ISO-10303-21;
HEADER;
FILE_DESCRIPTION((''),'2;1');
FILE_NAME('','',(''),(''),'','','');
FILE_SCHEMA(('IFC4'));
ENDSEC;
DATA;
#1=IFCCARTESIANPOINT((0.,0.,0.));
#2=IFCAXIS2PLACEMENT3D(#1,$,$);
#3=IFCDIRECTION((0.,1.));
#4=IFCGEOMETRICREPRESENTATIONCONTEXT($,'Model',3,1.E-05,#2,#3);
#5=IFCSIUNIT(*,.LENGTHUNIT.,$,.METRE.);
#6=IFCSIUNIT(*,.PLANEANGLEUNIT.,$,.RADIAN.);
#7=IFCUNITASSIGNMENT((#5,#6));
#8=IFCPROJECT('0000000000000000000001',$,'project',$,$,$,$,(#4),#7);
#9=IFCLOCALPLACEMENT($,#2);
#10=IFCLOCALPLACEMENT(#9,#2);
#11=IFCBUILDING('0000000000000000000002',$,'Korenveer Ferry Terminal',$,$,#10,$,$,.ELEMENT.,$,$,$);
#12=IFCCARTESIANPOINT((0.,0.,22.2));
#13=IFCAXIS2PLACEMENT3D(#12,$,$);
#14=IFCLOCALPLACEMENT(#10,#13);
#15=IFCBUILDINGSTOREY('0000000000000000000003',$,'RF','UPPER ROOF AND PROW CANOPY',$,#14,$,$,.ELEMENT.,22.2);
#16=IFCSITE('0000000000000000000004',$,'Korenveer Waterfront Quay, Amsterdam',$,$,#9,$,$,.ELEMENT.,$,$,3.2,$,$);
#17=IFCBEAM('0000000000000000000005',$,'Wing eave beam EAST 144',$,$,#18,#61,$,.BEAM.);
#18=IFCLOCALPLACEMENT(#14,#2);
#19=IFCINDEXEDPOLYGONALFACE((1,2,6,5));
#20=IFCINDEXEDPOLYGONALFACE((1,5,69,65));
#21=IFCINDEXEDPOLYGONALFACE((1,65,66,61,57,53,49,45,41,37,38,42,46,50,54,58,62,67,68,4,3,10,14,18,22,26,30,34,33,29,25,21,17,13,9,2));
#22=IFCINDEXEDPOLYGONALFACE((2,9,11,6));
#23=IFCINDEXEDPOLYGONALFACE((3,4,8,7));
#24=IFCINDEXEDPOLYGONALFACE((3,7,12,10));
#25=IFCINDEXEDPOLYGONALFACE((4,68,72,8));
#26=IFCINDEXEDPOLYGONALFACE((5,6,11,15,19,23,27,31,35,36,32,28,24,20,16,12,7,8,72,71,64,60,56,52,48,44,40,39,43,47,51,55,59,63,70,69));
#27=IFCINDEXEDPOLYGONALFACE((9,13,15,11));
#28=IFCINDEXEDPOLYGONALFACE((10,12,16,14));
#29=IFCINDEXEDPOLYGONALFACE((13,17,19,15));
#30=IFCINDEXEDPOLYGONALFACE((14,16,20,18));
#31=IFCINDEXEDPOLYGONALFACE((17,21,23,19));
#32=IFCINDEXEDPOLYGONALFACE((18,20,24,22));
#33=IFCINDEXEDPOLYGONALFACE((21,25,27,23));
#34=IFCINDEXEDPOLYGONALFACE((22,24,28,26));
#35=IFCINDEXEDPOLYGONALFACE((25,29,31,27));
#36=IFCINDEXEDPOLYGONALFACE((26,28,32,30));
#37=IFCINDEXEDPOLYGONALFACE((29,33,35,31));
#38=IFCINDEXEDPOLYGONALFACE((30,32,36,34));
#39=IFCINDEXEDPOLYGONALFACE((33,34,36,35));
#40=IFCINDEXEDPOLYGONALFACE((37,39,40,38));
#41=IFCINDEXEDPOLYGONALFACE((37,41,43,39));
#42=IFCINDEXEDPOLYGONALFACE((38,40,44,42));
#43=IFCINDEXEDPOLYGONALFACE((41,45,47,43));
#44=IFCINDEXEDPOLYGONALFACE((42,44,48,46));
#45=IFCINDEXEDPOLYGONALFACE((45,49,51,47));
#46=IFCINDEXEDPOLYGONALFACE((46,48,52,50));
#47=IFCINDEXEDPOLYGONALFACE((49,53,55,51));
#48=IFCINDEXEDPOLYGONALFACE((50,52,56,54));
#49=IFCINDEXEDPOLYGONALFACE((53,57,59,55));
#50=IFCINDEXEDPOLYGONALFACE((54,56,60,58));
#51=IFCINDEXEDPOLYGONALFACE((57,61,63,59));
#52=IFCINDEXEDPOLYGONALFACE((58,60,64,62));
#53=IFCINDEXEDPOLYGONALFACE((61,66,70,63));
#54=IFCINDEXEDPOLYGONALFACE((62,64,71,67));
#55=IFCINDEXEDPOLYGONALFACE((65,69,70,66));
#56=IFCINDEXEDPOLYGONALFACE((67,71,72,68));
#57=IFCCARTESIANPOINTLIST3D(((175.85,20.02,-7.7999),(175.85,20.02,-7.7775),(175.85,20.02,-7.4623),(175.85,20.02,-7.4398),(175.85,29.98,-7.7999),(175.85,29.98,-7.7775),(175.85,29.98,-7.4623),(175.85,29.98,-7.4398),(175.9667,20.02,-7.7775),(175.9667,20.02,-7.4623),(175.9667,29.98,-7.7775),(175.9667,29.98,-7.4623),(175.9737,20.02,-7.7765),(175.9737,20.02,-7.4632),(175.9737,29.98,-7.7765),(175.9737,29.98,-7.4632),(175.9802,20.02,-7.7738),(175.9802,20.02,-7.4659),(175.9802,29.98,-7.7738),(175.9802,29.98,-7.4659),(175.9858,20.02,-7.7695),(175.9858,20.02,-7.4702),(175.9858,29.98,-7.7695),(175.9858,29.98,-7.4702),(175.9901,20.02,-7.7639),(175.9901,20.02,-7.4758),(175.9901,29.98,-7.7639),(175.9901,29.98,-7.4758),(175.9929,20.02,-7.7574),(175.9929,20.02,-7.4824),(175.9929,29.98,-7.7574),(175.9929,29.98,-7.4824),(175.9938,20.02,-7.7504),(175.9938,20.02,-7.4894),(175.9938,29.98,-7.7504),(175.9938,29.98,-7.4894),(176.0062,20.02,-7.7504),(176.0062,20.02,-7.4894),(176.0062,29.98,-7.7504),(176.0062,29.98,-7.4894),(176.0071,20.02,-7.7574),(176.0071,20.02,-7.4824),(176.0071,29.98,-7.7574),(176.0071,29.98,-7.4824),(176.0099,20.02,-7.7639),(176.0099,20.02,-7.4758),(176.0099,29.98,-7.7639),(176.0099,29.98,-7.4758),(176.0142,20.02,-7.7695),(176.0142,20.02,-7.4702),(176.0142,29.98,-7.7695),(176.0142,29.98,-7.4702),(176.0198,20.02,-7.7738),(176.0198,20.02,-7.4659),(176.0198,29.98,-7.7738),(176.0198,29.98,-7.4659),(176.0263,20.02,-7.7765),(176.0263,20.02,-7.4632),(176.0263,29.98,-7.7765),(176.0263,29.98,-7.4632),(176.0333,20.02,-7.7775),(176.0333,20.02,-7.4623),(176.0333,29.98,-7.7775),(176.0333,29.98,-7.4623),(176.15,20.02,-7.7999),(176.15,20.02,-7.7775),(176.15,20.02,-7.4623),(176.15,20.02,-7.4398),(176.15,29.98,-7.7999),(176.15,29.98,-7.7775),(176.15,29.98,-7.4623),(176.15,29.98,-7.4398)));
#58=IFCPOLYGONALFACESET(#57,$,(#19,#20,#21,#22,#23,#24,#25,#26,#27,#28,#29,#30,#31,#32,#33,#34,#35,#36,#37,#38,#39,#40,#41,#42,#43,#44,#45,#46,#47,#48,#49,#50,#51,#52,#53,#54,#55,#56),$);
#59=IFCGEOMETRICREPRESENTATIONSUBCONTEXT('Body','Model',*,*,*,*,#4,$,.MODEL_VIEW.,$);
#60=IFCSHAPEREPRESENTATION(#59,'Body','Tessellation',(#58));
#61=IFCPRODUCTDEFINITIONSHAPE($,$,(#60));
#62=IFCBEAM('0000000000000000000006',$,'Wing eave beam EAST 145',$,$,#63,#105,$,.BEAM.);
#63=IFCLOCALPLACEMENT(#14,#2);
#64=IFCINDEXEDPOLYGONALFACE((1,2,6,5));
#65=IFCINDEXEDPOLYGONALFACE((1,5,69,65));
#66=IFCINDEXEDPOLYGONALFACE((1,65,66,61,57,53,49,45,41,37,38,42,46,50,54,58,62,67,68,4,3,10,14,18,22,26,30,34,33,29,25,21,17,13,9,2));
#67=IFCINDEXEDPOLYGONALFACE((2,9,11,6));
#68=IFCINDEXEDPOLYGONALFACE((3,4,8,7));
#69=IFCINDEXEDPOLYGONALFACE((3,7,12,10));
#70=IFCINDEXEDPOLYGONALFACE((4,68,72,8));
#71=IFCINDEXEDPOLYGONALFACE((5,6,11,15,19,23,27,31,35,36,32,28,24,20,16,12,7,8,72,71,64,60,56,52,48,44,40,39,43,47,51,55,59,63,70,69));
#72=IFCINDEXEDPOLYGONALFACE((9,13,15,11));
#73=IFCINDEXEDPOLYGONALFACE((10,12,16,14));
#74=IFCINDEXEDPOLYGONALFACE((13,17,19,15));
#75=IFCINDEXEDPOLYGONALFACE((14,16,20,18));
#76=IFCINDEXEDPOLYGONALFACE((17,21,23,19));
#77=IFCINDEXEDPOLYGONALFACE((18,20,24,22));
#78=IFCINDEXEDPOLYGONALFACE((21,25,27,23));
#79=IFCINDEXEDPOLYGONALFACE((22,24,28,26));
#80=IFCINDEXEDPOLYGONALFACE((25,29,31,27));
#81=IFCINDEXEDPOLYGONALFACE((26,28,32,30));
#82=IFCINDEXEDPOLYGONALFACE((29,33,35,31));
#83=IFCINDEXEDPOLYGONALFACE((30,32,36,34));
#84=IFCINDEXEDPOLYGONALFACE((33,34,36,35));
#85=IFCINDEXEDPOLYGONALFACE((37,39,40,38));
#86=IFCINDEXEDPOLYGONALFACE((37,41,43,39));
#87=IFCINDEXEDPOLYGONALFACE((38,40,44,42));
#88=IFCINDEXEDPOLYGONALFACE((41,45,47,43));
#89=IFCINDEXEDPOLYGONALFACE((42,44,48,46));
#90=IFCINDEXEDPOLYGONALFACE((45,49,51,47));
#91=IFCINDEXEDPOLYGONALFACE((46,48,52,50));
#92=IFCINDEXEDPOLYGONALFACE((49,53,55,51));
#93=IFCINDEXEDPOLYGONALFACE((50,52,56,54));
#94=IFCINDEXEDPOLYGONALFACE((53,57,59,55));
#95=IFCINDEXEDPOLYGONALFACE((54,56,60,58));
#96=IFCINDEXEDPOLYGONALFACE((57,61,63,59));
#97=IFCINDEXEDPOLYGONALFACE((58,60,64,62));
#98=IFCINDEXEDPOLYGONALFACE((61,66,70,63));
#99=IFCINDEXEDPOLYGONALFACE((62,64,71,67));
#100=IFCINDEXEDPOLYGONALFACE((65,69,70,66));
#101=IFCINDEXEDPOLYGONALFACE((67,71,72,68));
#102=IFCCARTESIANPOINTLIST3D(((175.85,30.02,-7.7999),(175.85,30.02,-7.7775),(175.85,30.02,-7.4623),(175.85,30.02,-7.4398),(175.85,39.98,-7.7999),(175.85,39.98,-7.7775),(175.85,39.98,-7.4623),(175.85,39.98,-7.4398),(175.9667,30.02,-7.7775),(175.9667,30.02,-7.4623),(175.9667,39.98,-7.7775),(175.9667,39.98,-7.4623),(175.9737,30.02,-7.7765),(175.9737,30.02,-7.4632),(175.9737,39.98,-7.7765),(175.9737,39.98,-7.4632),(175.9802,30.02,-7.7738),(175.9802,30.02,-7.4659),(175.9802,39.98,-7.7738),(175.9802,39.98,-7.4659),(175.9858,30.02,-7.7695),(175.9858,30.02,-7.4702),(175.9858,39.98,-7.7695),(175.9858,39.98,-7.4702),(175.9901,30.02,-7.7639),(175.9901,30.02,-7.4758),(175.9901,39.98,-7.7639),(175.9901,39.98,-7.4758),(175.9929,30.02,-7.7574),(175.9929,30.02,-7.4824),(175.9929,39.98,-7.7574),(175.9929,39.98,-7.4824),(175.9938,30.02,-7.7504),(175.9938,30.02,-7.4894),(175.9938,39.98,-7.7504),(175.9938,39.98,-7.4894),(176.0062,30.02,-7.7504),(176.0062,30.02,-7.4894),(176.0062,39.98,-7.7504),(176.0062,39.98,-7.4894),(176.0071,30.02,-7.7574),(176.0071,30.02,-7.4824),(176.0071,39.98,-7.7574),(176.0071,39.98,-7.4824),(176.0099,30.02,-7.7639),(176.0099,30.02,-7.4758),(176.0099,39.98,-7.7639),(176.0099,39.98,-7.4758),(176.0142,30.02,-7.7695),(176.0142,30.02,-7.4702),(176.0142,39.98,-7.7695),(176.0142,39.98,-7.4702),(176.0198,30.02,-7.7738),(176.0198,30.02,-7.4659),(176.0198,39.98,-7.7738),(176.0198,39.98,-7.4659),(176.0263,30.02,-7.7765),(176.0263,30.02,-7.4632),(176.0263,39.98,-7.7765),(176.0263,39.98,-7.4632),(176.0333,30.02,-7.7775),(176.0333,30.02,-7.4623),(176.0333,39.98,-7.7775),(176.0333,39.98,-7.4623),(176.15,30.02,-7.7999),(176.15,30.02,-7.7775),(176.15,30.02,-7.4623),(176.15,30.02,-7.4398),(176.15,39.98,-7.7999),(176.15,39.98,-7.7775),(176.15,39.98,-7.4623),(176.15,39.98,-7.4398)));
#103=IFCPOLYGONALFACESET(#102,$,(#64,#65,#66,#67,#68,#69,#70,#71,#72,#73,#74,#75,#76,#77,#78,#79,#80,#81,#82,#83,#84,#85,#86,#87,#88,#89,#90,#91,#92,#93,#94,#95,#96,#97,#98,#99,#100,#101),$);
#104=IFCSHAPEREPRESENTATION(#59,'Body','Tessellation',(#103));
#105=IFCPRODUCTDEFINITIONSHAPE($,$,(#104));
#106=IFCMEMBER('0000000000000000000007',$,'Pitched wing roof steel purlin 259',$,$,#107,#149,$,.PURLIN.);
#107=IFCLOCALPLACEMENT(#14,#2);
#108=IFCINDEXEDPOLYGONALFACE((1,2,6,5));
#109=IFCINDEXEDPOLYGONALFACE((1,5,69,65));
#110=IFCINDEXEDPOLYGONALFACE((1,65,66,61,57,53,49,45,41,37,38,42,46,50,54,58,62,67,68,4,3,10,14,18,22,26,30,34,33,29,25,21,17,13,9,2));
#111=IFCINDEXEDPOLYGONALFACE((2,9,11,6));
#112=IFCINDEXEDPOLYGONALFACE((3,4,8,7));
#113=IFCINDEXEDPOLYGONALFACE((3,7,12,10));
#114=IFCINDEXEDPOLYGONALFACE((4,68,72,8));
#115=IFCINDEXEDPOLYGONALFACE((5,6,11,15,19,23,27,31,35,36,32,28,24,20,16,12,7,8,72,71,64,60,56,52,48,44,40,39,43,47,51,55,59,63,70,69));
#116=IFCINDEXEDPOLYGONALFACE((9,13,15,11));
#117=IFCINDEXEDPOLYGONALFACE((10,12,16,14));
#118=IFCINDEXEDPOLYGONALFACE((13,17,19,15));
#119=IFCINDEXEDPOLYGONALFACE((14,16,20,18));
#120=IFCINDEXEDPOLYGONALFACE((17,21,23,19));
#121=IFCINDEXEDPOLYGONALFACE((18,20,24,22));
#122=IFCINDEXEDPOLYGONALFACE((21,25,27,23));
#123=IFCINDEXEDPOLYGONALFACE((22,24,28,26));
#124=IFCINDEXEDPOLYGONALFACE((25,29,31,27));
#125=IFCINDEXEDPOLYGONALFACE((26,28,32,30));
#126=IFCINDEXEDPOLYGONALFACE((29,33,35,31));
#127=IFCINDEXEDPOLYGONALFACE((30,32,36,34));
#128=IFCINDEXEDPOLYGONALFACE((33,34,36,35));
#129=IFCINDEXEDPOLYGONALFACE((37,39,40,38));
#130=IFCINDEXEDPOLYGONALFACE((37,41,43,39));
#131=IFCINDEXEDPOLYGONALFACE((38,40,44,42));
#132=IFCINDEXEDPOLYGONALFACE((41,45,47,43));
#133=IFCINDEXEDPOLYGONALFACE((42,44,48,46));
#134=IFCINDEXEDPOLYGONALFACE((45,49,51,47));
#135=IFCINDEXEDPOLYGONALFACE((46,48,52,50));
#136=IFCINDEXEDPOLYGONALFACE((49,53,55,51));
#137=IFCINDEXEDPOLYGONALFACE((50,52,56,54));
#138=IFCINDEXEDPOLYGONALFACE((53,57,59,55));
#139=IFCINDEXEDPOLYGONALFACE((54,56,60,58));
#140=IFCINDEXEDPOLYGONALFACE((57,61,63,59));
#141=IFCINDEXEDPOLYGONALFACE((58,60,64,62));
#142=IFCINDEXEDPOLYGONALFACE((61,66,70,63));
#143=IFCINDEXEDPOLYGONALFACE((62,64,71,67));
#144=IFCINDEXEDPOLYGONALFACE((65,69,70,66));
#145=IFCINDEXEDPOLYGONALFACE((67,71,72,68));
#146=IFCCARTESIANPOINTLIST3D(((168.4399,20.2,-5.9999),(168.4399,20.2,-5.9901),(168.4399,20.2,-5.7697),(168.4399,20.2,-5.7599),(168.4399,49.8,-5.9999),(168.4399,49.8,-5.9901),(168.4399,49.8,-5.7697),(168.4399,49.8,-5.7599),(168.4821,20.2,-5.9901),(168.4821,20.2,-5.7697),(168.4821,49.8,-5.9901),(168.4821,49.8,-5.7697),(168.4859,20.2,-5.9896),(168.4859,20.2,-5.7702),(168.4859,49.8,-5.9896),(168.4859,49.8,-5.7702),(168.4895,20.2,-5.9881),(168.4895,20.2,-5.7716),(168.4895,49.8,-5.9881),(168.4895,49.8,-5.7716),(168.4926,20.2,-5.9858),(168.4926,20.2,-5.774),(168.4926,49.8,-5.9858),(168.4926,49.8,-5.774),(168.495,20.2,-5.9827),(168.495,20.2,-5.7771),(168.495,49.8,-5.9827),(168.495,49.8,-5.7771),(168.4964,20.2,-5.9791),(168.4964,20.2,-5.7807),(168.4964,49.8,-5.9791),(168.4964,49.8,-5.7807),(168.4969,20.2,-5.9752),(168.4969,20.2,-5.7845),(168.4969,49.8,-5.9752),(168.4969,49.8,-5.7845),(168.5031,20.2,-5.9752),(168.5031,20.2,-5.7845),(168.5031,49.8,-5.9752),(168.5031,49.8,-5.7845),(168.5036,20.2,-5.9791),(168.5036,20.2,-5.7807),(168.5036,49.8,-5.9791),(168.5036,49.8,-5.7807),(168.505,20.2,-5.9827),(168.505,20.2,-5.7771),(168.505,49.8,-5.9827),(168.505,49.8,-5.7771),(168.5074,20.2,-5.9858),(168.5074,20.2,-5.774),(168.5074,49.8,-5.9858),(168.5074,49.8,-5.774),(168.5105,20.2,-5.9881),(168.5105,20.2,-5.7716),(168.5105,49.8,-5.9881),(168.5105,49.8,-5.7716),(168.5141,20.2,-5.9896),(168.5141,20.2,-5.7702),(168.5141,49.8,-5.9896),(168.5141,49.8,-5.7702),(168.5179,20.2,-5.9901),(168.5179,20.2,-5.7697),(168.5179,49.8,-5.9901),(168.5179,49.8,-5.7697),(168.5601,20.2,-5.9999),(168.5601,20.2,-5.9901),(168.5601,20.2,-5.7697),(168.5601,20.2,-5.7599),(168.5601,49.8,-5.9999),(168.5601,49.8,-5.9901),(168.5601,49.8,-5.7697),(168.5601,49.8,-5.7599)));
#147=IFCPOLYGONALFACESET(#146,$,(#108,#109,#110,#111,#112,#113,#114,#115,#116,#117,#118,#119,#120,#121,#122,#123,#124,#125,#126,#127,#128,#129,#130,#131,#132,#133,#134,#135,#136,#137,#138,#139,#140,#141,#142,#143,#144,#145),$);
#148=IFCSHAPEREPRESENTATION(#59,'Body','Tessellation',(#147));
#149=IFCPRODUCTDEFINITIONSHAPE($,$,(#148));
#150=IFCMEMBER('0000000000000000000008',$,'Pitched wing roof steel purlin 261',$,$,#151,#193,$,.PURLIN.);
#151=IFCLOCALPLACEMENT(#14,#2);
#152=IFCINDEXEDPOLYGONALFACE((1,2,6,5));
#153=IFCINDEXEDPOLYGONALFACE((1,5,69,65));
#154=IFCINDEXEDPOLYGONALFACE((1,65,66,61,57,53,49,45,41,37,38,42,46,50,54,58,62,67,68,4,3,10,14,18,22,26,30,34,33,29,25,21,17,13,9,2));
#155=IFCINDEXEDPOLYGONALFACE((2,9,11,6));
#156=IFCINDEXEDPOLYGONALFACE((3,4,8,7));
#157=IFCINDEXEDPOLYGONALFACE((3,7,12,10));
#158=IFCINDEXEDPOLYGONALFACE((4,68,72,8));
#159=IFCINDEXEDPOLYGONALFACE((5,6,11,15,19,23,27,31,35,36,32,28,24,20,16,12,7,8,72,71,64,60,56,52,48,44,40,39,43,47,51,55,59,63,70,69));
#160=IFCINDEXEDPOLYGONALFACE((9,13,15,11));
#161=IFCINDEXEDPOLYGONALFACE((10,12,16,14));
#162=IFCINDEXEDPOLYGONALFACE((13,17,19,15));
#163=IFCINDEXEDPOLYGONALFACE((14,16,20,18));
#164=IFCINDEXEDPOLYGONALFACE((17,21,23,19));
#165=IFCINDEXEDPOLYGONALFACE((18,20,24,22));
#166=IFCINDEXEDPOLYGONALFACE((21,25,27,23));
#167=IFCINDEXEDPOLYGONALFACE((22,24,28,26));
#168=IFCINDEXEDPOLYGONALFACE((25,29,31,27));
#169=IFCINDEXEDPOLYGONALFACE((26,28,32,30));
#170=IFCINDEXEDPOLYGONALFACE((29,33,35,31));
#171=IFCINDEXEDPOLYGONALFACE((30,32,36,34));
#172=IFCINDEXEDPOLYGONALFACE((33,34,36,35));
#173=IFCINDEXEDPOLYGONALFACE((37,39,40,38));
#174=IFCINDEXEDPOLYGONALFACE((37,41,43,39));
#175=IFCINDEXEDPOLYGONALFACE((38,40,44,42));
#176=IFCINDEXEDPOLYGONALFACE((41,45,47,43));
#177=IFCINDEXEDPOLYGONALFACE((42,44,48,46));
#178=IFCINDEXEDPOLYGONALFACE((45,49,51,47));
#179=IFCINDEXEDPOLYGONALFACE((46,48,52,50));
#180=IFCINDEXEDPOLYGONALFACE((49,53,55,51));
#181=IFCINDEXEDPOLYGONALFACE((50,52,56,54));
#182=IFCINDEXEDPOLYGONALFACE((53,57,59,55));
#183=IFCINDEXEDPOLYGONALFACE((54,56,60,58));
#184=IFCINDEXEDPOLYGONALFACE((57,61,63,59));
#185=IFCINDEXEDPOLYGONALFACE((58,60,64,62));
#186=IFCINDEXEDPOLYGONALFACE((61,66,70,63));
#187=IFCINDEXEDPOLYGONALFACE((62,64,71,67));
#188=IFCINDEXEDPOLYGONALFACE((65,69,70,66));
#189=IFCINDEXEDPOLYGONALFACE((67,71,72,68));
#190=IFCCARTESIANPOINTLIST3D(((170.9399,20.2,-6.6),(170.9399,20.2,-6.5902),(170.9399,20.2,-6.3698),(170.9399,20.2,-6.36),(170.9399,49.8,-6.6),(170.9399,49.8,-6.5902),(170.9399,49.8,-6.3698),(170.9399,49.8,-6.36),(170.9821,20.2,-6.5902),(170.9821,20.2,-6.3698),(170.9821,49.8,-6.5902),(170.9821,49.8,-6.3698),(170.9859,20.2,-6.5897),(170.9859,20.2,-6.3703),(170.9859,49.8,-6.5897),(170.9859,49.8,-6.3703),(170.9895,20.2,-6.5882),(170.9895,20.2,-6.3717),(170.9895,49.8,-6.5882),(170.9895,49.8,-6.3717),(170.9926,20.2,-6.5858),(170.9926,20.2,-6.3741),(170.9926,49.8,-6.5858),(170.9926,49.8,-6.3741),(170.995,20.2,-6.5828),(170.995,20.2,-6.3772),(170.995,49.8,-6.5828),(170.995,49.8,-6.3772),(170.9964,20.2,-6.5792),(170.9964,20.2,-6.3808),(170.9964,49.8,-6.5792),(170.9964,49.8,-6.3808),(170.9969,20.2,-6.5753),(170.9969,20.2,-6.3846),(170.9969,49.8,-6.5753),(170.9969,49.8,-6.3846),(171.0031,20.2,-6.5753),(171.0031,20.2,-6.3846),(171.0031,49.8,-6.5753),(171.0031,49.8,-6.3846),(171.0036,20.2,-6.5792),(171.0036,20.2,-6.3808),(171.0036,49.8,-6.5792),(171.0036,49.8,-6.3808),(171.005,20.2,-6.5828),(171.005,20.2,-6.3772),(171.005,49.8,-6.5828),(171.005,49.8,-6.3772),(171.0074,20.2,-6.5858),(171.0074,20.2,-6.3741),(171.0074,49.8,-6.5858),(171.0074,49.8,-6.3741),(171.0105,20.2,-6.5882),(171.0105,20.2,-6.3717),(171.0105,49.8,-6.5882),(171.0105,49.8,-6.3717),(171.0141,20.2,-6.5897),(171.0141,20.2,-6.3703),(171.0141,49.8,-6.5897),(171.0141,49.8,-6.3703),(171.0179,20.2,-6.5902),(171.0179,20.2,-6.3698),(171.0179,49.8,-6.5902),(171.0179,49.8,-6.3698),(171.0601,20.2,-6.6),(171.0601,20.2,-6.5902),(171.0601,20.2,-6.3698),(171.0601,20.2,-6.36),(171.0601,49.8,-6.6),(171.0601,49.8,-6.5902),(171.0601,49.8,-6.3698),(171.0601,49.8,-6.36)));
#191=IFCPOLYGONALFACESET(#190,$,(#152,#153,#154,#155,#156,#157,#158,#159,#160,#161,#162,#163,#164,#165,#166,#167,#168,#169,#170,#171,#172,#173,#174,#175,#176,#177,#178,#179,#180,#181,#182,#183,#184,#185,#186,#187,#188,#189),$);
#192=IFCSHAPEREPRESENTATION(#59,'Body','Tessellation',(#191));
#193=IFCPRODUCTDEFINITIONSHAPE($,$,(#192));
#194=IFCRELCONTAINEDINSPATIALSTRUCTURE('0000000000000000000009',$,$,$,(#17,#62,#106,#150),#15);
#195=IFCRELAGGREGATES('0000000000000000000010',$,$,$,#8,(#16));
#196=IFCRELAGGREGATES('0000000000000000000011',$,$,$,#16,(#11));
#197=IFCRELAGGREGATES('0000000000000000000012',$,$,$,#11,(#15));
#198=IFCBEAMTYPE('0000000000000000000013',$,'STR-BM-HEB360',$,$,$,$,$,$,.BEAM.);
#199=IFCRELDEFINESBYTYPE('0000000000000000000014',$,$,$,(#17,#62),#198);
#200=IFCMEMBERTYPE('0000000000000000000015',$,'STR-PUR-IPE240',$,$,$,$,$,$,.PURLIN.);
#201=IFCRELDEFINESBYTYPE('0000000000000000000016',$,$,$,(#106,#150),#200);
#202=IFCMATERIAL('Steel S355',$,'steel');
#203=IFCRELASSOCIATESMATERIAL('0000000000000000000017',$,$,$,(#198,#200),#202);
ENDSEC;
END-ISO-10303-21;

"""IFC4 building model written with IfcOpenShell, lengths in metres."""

from ifc_helpers import new_model, si_unit, direction, frame, origin, origin_2d, place, context, subcontext, project, spatial, i_section, extrude, material, material_profile, profile_set, type_object, element, save


model = new_model("IFC4")

# Units and contexts
model_context = context("Model", 3, precision=1e-05, world=origin(), true_north=direction((0.0, 1.0)))
body_context = subcontext(model_context, "Body", "Model", "MODEL_VIEW")
ifc_project = project(units=[si_unit("LENGTHUNIT", "METRE"), si_unit("PLANEANGLEUNIT", "RADIAN")], contexts=[model_context])

# Site, building, storey
site_placement = place(None, origin())
site = spatial("IfcSite", under=ifc_project, at=site_placement, Name="Korenveer Waterfront Quay, Amsterdam", CompositionType="ELEMENT", RefElevation=3.2)
building_placement = place(site_placement, origin())
building = spatial("IfcBuilding", under=site, at=building_placement, Name="Korenveer Ferry Terminal", CompositionType="ELEMENT")
storey_placement = place(building_placement, frame((0.0, 0.0, 22.2)))
storey = spatial("IfcBuildingStorey", under=building, at=storey_placement, Name="RF", Description="UPPER ROOF AND PROW CANOPY", CompositionType="ELEMENT", Elevation=22.2)

# Beams
ifc_material_1 = material(Name="Steel S355", Category="steel")
ifc_material_profile_1 = material_profile(ifc_material_1, i_section(OverallWidth=0.3, OverallDepth=0.3601, WebThickness=0.0125, FlangeThickness=0.0225, FilletRadius=0.0271, at=origin_2d()), Name="HEB 360")
ifc_profile_set_1 = profile_set([ifc_material_profile_1], Name="Steel S355")
beam_type = type_object("IfcBeamType", Name="STR-BM-HEB360", PredefinedType="BEAM", material=ifc_profile_set_1)
for number, where, z_axis, x_axis, name in (
    (1, (176.0, 20.02, -7.6199), (0.0, 1.0, 0.0), (-1.0, 0.0, 0.0), "Wing eave beam EAST 144"),
    (2, (176.0, 30.02, -7.6199), (0.0, 1.0, 0.0), (-1.0, 0.0, 0.0), "Wing eave beam EAST 145"),
):
    element("IfcBeam", number, at=place(storey_placement, frame(where, z_axis=z_axis, x_axis=x_axis)), inside=storey, type_object=beam_type, Name=name, PredefinedType="BEAM", context=body_context, shape_type="SweptSolid", body=[
        extrude(i_section(OverallWidth=0.3, OverallDepth=0.3601, WebThickness=0.0125, FlangeThickness=0.0225, FilletRadius=0.0271, at=origin_2d()), origin(), (0.0, 0.0, 1.0), 9.96),
    ])

# Members
ifc_material_profile_2 = material_profile(ifc_material_1, i_section(OverallWidth=0.1201, OverallDepth=0.24, WebThickness=0.0061, FlangeThickness=0.0098, FilletRadius=0.0149, at=origin_2d()), Name="IPE 240")
ifc_profile_set_2 = profile_set([ifc_material_profile_2], Name="Steel S355")
member_type_1 = type_object("IfcMemberType", Name="STR-PUR-IPE240", PredefinedType="PURLIN", material=ifc_profile_set_2)
for number, where, z_axis, x_axis, name in (
    (3, (168.5, 20.2, -5.8799), (0.0, 1.0, 0.0), (-1.0, 0.0, 0.0), "Pitched wing roof steel purlin 259"),
    (4, (171.0, 20.2, -6.48), (0.0, 1.0, 0.0), (-1.0, 0.0, 0.0), "Pitched wing roof steel purlin 261"),
):
    element("IfcMember", number, at=place(storey_placement, frame(where, z_axis=z_axis, x_axis=x_axis)), inside=storey, type_object=member_type_1, Name=name, PredefinedType="PURLIN", context=body_context, shape_type="SweptSolid", body=[
        extrude(i_section(OverallWidth=0.1201, OverallDepth=0.24, WebThickness=0.0061, FlangeThickness=0.0098, FilletRadius=0.0149, at=origin_2d()), origin(), (0.0, 0.0, 1.0), 29.6001),
    ])

save(model, "model.ifc")
